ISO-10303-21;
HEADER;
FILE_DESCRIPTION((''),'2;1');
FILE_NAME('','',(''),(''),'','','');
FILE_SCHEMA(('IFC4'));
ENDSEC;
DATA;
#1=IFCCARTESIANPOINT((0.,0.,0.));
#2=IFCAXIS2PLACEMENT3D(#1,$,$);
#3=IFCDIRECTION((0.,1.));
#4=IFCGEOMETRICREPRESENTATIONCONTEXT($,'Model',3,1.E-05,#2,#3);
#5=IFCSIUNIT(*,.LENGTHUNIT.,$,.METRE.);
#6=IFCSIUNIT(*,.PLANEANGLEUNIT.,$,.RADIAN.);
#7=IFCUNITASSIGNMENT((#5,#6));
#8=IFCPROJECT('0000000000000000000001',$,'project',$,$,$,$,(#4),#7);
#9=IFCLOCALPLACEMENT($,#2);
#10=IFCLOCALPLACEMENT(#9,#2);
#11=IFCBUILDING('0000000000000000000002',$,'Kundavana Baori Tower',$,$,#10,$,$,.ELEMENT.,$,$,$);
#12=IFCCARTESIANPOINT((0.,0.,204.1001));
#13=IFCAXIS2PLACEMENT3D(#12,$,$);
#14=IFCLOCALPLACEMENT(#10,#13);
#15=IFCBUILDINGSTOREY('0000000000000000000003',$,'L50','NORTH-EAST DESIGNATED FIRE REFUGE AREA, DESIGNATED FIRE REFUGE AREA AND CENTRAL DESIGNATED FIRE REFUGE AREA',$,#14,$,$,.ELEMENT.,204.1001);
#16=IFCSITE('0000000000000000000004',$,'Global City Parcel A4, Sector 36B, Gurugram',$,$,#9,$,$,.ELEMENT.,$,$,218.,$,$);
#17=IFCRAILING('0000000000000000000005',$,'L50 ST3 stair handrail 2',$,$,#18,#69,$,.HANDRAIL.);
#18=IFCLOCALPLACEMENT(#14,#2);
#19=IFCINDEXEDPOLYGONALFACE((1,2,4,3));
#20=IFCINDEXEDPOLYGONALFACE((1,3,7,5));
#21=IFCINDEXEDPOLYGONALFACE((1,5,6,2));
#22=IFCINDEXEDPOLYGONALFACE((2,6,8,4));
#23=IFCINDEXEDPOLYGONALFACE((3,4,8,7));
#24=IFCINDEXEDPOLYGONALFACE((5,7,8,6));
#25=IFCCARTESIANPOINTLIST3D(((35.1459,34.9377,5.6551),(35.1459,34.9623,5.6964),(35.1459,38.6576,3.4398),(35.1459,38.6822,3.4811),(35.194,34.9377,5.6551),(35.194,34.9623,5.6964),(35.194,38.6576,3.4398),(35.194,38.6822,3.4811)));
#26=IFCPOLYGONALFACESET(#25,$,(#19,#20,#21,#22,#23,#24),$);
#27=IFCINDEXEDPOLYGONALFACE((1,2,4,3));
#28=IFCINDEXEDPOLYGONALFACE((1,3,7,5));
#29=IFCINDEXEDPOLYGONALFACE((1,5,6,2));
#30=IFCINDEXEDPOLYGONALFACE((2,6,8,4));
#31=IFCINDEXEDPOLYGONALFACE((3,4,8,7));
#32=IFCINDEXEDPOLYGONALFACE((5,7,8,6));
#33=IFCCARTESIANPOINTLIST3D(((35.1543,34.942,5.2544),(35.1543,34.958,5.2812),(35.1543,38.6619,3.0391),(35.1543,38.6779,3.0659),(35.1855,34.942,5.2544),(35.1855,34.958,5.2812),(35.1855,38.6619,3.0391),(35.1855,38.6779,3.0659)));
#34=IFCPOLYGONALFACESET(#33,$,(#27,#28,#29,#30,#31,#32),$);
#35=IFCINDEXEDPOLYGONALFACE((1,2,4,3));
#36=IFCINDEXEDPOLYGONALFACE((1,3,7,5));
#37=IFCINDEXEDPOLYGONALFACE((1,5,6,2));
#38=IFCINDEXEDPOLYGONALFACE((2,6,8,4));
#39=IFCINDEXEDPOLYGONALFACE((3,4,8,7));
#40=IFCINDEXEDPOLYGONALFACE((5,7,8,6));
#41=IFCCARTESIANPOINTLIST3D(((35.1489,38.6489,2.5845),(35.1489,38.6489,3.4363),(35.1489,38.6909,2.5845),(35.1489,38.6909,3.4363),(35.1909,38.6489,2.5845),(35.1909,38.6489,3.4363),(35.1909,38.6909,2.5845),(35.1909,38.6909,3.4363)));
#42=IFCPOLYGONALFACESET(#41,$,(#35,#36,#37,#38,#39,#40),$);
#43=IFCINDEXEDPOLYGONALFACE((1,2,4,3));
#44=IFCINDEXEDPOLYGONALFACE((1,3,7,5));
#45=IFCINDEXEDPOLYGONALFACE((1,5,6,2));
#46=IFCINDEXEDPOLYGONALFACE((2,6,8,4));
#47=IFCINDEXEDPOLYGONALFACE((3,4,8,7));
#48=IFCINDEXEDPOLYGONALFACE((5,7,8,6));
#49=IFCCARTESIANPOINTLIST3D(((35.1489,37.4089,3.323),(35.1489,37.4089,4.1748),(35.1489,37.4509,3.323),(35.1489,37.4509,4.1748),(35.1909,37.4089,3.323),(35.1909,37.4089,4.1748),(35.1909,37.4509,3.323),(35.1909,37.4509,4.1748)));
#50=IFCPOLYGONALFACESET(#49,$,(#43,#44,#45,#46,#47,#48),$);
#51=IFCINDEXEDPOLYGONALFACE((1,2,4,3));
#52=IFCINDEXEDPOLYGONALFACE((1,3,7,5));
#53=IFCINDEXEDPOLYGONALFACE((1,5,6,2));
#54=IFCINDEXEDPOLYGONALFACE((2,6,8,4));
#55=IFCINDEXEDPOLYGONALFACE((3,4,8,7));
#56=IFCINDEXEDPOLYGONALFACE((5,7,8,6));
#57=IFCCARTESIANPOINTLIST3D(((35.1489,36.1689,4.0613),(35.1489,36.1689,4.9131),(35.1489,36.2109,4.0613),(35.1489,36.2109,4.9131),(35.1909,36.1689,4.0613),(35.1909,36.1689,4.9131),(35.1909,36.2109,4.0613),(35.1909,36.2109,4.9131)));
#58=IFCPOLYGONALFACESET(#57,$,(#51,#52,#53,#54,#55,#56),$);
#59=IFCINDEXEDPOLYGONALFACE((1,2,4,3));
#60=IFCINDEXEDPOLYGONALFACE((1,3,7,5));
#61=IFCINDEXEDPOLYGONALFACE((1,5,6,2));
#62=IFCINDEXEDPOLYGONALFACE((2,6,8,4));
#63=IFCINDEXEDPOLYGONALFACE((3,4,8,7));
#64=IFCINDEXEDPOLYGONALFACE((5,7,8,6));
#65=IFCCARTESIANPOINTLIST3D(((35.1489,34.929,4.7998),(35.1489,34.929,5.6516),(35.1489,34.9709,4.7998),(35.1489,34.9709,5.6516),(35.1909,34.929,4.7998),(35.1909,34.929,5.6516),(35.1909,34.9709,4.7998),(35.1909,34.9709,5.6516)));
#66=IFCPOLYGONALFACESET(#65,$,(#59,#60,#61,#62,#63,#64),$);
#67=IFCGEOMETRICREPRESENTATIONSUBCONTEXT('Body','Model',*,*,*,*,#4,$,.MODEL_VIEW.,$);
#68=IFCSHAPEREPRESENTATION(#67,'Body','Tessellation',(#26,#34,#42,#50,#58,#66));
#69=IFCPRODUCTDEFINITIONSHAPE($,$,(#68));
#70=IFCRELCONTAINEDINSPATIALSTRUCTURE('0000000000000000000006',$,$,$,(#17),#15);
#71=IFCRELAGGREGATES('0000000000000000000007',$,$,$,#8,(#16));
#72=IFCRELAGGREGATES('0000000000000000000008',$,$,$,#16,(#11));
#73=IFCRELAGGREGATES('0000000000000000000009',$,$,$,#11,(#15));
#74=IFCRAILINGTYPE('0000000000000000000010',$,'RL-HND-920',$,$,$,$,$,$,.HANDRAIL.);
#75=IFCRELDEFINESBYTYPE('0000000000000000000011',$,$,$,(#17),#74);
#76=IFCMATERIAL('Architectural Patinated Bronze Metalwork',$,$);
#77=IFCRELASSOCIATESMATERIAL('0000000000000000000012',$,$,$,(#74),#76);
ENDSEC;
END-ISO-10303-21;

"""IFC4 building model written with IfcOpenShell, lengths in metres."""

from ifc_helpers import new_model, si_unit, direction, frame, origin, origin_2d, place, context, subcontext, project, spatial, rectangle, extrude, material, type_object, element, save


model = new_model("IFC4")

# Units and contexts
model_context = context("Model", 3, precision=1e-05, world=origin(), true_north=direction((0.0, 1.0)))
body_context = subcontext(model_context, "Body", "Model", "MODEL_VIEW")
ifc_project = project(units=[si_unit("LENGTHUNIT", "METRE"), si_unit("PLANEANGLEUNIT", "RADIAN")], contexts=[model_context])

# Site, building, storey
site_placement = place(None, origin())
site = spatial("IfcSite", under=ifc_project, at=site_placement, Name="Global City Parcel A4, Sector 36B, Gurugram", CompositionType="ELEMENT", RefElevation=218.0)
building_placement = place(site_placement, origin())
building = spatial("IfcBuilding", under=site, at=building_placement, Name="Kundavana Baori Tower", CompositionType="ELEMENT")
storey_placement = place(building_placement, frame((0.0, 0.0, 204.1001)))
storey = spatial("IfcBuildingStorey", under=building, at=storey_placement, Name="L50", Description="NORTH-EAST DESIGNATED FIRE REFUGE AREA, DESIGNATED FIRE REFUGE AREA AND CENTRAL DESIGNATED FIRE REFUGE AREA", CompositionType="ELEMENT", Elevation=204.1001)

# Railing
ifc_material_1 = material(Name="Architectural Patinated Bronze Metalwork")
railing_type_1 = type_object("IfcRailingType", Name="RL-HND-920", PredefinedType="HANDRAIL", material=ifc_material_1)
railing_1_placement = place(storey_placement, frame((35.1699, 38.6699, 2.5845)))
element("IfcRailing", 1, at=railing_1_placement, inside=storey, type_object=railing_type_1, Name="L50 ST3 stair handrail 2", PredefinedType="HANDRAIL", context=body_context, shape_type="SweptSolid", body=[
    extrude(rectangle(XDim=0.0481, YDim=0.0481, at=origin_2d()), frame((0.0, 0.0, 0.876), z_axis=(0.0, -0.859185, 0.511665), x_axis=(1.0, 0.0, 0.0)), (0.0, 0.0, 1.0), 4.3296),
    extrude(rectangle(XDim=0.0312, YDim=0.0312, at=origin_2d()), frame((0.0, 0.0, 0.468), z_axis=(0.0, -0.859185, 0.511665), x_axis=(1.0, 0.0, 0.0)), (0.0, 0.0, 1.0), 4.3296),
    extrude(rectangle(XDim=0.042, YDim=0.042, at=origin_2d()), origin(), (0.0, 0.0, 1.0), 0.8518),
    extrude(rectangle(XDim=0.042, YDim=0.042, at=origin_2d()), frame((0.0, -1.24, 0.7385)), (0.0, 0.0, 1.0), 0.8518),
    extrude(rectangle(XDim=0.042, YDim=0.042, at=origin_2d()), frame((0.0, -2.48, 1.4768)), (0.0, 0.0, 1.0), 0.8518),
    extrude(rectangle(XDim=0.042, YDim=0.042, at=origin_2d()), frame((0.0, -3.72, 2.2153)), (0.0, 0.0, 1.0), 0.8518),
])

save(model, "model.ifc")
